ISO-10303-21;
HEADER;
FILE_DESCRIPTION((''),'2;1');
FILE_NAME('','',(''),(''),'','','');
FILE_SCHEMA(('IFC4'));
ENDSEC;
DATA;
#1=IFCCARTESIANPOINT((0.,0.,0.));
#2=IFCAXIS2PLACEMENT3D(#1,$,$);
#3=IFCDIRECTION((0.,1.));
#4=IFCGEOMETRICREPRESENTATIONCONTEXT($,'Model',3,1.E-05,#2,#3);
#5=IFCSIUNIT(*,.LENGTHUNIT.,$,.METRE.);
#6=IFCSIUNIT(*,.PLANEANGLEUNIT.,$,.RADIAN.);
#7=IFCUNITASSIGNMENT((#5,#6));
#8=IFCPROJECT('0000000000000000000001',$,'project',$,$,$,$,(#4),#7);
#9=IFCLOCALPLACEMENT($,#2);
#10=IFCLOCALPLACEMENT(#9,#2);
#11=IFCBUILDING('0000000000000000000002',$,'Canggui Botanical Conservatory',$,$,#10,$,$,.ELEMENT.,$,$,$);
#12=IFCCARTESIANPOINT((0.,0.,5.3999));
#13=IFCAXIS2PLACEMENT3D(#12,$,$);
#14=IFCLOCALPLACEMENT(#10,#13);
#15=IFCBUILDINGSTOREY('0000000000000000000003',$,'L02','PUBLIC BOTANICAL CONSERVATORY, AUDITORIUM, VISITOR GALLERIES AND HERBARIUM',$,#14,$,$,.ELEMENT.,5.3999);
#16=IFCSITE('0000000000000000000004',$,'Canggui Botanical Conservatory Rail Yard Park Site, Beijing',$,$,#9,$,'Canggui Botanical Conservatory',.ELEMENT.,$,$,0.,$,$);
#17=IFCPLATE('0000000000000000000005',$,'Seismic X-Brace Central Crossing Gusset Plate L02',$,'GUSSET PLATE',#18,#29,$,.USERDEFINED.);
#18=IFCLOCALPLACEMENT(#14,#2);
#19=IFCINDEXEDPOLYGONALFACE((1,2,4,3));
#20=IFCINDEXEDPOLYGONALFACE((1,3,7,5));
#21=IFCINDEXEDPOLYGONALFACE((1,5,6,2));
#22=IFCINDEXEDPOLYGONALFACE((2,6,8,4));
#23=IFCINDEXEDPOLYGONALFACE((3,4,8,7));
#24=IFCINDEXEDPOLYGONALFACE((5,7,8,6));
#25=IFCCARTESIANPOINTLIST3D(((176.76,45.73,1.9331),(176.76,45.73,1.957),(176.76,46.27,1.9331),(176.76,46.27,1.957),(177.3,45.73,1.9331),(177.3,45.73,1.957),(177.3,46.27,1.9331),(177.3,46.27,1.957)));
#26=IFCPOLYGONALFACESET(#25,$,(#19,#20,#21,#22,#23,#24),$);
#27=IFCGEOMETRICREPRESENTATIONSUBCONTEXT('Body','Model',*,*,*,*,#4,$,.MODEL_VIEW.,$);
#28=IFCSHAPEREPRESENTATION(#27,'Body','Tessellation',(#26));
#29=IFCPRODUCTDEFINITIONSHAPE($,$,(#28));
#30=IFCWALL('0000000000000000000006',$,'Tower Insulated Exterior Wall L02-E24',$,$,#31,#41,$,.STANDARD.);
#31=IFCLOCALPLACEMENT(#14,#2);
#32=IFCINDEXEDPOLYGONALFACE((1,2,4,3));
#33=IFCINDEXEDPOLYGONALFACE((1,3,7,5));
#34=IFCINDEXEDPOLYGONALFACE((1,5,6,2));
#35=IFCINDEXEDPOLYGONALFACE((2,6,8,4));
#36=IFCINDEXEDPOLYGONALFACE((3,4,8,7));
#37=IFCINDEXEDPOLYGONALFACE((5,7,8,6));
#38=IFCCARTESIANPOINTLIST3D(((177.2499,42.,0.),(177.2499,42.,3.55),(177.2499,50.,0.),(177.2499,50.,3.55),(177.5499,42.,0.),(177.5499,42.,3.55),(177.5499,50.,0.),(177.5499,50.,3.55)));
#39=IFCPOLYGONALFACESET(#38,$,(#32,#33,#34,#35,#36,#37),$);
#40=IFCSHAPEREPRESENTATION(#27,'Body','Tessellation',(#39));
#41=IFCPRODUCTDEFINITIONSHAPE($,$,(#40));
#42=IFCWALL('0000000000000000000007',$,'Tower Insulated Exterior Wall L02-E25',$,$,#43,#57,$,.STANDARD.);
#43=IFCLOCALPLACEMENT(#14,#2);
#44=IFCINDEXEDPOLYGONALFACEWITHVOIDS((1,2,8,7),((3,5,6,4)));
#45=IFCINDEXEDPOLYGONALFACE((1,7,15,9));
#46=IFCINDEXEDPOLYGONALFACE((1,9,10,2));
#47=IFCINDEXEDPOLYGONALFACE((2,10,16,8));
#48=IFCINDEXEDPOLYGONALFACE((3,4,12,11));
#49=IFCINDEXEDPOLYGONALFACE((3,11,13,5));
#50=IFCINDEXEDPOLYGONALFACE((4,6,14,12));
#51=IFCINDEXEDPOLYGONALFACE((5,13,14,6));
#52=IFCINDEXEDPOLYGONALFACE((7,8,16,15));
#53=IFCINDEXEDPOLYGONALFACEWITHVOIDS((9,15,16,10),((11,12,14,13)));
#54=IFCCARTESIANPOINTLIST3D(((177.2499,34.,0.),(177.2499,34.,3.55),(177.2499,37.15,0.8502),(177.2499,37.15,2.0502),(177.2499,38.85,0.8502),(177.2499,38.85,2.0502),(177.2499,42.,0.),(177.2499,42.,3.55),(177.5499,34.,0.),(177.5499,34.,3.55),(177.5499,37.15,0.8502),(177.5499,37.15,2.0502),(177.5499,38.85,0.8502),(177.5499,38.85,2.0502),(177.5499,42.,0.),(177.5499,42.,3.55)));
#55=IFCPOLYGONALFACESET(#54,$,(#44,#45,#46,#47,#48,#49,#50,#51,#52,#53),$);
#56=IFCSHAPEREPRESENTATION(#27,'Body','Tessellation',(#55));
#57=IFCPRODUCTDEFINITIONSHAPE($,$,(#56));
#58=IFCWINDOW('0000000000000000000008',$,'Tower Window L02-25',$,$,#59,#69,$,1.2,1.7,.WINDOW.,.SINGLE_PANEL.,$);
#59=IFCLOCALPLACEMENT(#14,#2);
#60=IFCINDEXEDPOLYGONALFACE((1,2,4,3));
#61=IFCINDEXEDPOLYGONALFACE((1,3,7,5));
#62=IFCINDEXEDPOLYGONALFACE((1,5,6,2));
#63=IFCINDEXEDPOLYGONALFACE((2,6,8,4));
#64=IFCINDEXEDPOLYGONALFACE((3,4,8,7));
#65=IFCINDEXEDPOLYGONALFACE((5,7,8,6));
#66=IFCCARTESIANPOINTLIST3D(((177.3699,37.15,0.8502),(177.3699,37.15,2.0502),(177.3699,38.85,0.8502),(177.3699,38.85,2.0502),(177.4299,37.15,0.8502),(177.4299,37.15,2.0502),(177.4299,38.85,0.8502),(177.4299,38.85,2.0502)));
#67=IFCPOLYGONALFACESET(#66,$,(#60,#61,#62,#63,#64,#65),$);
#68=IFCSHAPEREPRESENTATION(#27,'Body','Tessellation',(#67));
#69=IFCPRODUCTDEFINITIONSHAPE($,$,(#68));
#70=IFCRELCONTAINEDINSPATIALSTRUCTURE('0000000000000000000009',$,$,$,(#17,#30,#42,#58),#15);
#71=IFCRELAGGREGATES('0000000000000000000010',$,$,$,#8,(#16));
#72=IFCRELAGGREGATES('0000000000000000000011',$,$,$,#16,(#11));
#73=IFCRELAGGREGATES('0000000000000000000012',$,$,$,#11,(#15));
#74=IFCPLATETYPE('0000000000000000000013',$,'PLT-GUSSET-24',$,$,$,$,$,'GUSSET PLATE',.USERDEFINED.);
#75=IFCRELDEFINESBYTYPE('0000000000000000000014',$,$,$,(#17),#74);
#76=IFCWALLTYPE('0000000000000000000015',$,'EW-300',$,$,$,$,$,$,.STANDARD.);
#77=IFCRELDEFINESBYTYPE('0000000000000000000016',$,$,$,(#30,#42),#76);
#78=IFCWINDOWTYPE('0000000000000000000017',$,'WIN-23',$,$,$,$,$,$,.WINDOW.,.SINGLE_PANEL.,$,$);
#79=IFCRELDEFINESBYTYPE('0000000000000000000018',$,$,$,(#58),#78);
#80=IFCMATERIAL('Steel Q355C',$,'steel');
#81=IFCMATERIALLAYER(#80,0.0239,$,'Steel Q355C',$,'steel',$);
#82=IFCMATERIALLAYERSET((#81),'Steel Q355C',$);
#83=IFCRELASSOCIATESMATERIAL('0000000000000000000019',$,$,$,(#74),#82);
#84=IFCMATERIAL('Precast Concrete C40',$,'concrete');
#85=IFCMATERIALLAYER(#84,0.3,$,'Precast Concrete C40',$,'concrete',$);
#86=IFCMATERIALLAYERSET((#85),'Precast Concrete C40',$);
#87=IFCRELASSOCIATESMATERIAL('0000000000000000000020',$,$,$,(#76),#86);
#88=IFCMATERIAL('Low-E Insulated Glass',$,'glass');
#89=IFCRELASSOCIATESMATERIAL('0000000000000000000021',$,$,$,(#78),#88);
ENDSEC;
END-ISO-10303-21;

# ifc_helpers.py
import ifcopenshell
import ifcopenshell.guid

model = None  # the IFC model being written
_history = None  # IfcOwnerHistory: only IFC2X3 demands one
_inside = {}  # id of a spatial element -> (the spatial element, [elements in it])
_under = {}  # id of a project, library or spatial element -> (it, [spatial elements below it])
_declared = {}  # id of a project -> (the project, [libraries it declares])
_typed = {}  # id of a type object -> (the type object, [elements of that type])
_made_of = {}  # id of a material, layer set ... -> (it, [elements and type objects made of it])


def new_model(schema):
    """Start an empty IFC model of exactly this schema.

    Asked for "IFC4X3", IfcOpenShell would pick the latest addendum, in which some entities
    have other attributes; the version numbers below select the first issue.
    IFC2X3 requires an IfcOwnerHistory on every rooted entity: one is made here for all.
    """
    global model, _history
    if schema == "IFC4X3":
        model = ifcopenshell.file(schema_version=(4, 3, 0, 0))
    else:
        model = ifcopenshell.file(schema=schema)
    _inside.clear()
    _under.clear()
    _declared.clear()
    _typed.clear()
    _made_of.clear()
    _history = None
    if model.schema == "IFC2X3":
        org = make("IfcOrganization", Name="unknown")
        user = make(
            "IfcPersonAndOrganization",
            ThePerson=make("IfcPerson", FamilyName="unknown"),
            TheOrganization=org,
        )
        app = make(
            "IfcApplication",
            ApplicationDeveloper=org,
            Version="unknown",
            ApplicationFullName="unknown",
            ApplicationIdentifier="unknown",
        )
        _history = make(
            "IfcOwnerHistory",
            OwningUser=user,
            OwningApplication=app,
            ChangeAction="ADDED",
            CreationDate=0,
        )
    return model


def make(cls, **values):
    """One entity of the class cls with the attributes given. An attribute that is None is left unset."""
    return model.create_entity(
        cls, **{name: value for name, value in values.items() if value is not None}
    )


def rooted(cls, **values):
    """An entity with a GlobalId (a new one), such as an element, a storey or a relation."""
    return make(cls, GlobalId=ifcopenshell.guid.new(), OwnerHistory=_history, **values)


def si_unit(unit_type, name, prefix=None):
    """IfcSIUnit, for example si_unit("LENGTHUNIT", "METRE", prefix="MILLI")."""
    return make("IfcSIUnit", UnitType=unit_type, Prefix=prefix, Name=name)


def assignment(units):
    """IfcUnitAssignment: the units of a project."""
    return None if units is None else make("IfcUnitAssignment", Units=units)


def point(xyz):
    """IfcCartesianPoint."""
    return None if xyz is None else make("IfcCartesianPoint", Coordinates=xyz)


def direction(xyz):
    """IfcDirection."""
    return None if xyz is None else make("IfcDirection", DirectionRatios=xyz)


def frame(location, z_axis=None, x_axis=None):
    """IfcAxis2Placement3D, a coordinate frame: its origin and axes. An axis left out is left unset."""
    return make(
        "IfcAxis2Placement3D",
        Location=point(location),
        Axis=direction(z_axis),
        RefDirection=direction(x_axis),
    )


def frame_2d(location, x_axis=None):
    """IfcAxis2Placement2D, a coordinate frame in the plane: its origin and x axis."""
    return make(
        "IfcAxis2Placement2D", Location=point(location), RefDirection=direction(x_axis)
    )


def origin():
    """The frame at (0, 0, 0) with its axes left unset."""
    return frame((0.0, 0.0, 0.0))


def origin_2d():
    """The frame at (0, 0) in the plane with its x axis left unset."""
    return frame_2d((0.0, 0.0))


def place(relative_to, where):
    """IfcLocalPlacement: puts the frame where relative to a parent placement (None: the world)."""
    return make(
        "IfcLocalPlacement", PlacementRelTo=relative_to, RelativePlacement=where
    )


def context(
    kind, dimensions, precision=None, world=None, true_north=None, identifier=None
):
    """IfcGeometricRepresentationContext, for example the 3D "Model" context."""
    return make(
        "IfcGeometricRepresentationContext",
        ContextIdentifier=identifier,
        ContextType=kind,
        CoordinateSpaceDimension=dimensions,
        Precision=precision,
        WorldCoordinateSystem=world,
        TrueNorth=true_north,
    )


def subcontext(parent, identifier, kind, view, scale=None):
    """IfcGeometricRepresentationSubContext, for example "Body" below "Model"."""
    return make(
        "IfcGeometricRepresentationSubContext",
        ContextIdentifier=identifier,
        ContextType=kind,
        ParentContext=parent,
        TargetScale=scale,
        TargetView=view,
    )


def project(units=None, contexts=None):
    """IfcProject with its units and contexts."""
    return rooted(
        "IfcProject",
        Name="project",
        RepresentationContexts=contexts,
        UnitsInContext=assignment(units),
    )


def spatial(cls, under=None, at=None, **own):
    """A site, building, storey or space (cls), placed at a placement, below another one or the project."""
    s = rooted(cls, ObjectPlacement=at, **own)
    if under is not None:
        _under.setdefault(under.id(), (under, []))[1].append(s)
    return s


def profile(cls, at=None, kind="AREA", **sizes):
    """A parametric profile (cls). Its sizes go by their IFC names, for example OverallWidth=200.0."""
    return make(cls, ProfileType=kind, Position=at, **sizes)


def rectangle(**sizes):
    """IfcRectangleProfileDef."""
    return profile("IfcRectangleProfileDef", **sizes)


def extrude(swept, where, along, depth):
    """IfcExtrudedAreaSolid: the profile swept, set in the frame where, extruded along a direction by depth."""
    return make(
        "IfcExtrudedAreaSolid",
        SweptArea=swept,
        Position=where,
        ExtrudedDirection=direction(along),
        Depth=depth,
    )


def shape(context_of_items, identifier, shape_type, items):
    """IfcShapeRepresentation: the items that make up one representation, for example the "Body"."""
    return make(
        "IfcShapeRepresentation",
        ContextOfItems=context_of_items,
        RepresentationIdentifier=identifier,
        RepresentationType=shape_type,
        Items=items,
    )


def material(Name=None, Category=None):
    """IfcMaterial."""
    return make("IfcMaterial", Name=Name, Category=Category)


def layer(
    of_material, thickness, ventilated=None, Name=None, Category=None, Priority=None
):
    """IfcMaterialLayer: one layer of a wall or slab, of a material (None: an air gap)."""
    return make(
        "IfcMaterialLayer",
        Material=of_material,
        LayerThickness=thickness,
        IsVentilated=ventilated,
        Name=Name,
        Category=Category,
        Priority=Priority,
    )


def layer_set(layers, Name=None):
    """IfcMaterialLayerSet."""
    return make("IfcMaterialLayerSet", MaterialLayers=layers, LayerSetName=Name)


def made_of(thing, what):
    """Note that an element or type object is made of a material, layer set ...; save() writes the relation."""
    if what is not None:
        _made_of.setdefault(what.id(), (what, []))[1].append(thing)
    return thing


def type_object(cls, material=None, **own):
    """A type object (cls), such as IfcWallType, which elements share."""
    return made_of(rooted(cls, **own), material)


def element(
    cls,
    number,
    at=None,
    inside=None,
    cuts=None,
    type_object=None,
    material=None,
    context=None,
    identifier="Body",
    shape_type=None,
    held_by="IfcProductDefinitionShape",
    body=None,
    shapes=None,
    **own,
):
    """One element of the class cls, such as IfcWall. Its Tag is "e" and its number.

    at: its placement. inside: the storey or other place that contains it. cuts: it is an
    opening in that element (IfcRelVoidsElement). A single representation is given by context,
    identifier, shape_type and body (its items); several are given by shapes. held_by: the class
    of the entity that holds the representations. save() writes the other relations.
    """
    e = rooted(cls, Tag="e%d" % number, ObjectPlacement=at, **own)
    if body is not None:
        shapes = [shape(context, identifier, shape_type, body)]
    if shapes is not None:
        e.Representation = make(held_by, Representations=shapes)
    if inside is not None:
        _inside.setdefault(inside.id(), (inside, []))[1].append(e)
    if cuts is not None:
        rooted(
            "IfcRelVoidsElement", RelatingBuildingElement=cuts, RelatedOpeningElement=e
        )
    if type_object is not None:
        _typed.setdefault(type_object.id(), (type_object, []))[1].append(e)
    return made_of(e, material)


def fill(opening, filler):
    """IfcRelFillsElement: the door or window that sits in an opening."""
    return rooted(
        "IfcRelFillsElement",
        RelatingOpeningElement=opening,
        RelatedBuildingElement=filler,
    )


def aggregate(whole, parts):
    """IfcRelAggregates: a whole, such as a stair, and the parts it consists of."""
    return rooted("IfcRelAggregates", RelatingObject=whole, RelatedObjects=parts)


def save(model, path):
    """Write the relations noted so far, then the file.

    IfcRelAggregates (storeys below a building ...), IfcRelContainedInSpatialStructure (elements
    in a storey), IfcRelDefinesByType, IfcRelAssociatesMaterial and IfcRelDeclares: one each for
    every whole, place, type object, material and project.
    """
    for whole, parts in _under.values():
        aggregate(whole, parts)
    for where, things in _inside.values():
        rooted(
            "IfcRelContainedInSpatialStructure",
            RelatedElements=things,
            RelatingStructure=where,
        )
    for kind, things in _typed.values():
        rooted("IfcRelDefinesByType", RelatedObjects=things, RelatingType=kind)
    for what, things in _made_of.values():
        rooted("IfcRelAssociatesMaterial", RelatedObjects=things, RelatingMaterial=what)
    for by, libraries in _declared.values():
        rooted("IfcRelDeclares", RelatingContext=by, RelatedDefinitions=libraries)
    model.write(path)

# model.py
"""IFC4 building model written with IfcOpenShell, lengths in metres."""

from ifc_helpers import new_model, si_unit, direction, frame, frame_2d, origin, origin_2d, place, context, subcontext, project, spatial, rectangle, extrude, material, layer, layer_set, type_object, element, fill, save


model = new_model("IFC4")

# Units and contexts
model_context = context("Model", 3, precision=1e-05, world=origin(), true_north=direction((0.0, 1.0)))
body_context = subcontext(model_context, "Body", "Model", "MODEL_VIEW")
ifc_project = project(units=[si_unit("LENGTHUNIT", "METRE"), si_unit("PLANEANGLEUNIT", "RADIAN")], contexts=[model_context])

# Site, building, storey
site_placement = place(None, origin())
site = spatial("IfcSite", under=ifc_project, at=site_placement, Name="Canggui Botanical Conservatory Rail Yard Park Site, Beijing", LongName="Canggui Botanical Conservatory", CompositionType="ELEMENT", RefElevation=0.0)
building_placement = place(site_placement, origin())
building = spatial("IfcBuilding", under=site, at=building_placement, Name="Canggui Botanical Conservatory", CompositionType="ELEMENT")
storey_placement = place(building_placement, frame((0.0, 0.0, 5.3999)))
storey = spatial("IfcBuildingStorey", under=building, at=storey_placement, Name="L02", Description="PUBLIC BOTANICAL CONSERVATORY, AUDITORIUM, VISITOR GALLERIES AND HERBARIUM", CompositionType="ELEMENT", Elevation=5.3999)

# Plate
ifc_material_1 = material(Name="Steel Q355C", Category="steel")
ifc_layer_1 = layer(ifc_material_1, 0.0239, Name="Steel Q355C", Category="steel")
ifc_layer_set_1 = layer_set([ifc_layer_1], Name="Steel Q355C")
plate_type_1 = type_object("IfcPlateType", Name="PLT-GUSSET-24", ElementType="GUSSET PLATE", PredefinedType="USERDEFINED", material=ifc_layer_set_1)
plate_placement = place(storey_placement, frame((177.03, 46.0, 1.9331), z_axis=(0.0, 0.0, 1.0), x_axis=(1.0, 0.0, 0.0)))
element("IfcPlate", 1, at=plate_placement, inside=storey, type_object=plate_type_1, Name="Seismic X-Brace Central Crossing Gusset Plate L02", ObjectType="GUSSET PLATE", PredefinedType="USERDEFINED", context=body_context, shape_type="SweptSolid", body=[
    extrude(rectangle(XDim=0.54, YDim=0.54, at=origin_2d()), origin(), (0.0, 0.0, 1.0), 0.0239),
])

# Wall
ifc_material_2 = material(Name="Precast Concrete C40", Category="concrete")
ifc_layer_2 = layer(ifc_material_2, 0.3, Name="Precast Concrete C40", Category="concrete")
ifc_layer_set_2 = layer_set([ifc_layer_2], Name="Precast Concrete C40")
wall_type = type_object("IfcWallType", Name="EW-300", PredefinedType="STANDARD", material=ifc_layer_set_2)
wall_1_placement = place(storey_placement, frame((177.3999, 50.0, 0.0), z_axis=(0.0, 0.0, 1.0), x_axis=(0.0, -1.0, 0.0)))
element("IfcWall", 2, at=wall_1_placement, inside=storey, type_object=wall_type, Name="Tower Insulated Exterior Wall L02-E24", PredefinedType="STANDARD", context=body_context, shape_type="SweptSolid", body=[
    extrude(rectangle(XDim=8.0, YDim=0.3, at=frame_2d((4.0, 0.0))), origin(), (0.0, 0.0, 1.0), 3.55),
])

# Wall, opening, window
wall_2_placement = place(storey_placement, frame((177.3999, 42.0, 0.0), z_axis=(0.0, 0.0, 1.0), x_axis=(0.0, -1.0, 0.0)))
wall_2 = element("IfcWall", 3, at=wall_2_placement, inside=storey, type_object=wall_type, Name="Tower Insulated Exterior Wall L02-E25", PredefinedType="STANDARD", context=body_context, shape_type="SweptSolid", body=[
    extrude(rectangle(XDim=8.0, YDim=0.3, at=frame_2d((4.0, 0.0))), origin(), (0.0, 0.0, 1.0), 3.55),
])
opening_placement = place(wall_2_placement, frame((3.1499, 0.0, 0.8501)))
opening = element("IfcOpeningElement", 4, at=opening_placement, cuts=wall_2, PredefinedType="OPENING", context=body_context, shape_type="SweptSolid", body=[
    extrude(rectangle(XDim=1.7, YDim=1.2, at=frame_2d((0.8501, 0.6001))), frame((0.0, 0.1602, 0.0), z_axis=(0.0, -1.0, 0.0), x_axis=(1.0, 0.0, 0.0)), (0.0, 0.0, 1.0), 0.3201),
])
ifc_material_3 = material(Name="Low-E Insulated Glass", Category="glass")
window_type = type_object("IfcWindowType", Name="WIN-23", PartitioningType="SINGLE_PANEL", PredefinedType="WINDOW", material=ifc_material_3)
window_placement = place(opening_placement, origin())
window = element("IfcWindow", 5, at=window_placement, inside=storey, type_object=window_type, Name="Tower Window L02-25", OverallHeight=1.2, OverallWidth=1.7, PartitioningType="SINGLE_PANEL", PredefinedType="WINDOW", context=body_context, shape_type="SweptSolid", body=[
    extrude(rectangle(XDim=1.7, YDim=1.2, at=frame_2d((0.8501, 0.6001))), frame((0.0, 0.03, 0.0), z_axis=(0.0, -1.0, 0.0), x_axis=(1.0, 0.0, 0.0)), (0.0, 0.0, 1.0), 0.0601),
])
fill(opening, window)

save(model, "model.ifc")
